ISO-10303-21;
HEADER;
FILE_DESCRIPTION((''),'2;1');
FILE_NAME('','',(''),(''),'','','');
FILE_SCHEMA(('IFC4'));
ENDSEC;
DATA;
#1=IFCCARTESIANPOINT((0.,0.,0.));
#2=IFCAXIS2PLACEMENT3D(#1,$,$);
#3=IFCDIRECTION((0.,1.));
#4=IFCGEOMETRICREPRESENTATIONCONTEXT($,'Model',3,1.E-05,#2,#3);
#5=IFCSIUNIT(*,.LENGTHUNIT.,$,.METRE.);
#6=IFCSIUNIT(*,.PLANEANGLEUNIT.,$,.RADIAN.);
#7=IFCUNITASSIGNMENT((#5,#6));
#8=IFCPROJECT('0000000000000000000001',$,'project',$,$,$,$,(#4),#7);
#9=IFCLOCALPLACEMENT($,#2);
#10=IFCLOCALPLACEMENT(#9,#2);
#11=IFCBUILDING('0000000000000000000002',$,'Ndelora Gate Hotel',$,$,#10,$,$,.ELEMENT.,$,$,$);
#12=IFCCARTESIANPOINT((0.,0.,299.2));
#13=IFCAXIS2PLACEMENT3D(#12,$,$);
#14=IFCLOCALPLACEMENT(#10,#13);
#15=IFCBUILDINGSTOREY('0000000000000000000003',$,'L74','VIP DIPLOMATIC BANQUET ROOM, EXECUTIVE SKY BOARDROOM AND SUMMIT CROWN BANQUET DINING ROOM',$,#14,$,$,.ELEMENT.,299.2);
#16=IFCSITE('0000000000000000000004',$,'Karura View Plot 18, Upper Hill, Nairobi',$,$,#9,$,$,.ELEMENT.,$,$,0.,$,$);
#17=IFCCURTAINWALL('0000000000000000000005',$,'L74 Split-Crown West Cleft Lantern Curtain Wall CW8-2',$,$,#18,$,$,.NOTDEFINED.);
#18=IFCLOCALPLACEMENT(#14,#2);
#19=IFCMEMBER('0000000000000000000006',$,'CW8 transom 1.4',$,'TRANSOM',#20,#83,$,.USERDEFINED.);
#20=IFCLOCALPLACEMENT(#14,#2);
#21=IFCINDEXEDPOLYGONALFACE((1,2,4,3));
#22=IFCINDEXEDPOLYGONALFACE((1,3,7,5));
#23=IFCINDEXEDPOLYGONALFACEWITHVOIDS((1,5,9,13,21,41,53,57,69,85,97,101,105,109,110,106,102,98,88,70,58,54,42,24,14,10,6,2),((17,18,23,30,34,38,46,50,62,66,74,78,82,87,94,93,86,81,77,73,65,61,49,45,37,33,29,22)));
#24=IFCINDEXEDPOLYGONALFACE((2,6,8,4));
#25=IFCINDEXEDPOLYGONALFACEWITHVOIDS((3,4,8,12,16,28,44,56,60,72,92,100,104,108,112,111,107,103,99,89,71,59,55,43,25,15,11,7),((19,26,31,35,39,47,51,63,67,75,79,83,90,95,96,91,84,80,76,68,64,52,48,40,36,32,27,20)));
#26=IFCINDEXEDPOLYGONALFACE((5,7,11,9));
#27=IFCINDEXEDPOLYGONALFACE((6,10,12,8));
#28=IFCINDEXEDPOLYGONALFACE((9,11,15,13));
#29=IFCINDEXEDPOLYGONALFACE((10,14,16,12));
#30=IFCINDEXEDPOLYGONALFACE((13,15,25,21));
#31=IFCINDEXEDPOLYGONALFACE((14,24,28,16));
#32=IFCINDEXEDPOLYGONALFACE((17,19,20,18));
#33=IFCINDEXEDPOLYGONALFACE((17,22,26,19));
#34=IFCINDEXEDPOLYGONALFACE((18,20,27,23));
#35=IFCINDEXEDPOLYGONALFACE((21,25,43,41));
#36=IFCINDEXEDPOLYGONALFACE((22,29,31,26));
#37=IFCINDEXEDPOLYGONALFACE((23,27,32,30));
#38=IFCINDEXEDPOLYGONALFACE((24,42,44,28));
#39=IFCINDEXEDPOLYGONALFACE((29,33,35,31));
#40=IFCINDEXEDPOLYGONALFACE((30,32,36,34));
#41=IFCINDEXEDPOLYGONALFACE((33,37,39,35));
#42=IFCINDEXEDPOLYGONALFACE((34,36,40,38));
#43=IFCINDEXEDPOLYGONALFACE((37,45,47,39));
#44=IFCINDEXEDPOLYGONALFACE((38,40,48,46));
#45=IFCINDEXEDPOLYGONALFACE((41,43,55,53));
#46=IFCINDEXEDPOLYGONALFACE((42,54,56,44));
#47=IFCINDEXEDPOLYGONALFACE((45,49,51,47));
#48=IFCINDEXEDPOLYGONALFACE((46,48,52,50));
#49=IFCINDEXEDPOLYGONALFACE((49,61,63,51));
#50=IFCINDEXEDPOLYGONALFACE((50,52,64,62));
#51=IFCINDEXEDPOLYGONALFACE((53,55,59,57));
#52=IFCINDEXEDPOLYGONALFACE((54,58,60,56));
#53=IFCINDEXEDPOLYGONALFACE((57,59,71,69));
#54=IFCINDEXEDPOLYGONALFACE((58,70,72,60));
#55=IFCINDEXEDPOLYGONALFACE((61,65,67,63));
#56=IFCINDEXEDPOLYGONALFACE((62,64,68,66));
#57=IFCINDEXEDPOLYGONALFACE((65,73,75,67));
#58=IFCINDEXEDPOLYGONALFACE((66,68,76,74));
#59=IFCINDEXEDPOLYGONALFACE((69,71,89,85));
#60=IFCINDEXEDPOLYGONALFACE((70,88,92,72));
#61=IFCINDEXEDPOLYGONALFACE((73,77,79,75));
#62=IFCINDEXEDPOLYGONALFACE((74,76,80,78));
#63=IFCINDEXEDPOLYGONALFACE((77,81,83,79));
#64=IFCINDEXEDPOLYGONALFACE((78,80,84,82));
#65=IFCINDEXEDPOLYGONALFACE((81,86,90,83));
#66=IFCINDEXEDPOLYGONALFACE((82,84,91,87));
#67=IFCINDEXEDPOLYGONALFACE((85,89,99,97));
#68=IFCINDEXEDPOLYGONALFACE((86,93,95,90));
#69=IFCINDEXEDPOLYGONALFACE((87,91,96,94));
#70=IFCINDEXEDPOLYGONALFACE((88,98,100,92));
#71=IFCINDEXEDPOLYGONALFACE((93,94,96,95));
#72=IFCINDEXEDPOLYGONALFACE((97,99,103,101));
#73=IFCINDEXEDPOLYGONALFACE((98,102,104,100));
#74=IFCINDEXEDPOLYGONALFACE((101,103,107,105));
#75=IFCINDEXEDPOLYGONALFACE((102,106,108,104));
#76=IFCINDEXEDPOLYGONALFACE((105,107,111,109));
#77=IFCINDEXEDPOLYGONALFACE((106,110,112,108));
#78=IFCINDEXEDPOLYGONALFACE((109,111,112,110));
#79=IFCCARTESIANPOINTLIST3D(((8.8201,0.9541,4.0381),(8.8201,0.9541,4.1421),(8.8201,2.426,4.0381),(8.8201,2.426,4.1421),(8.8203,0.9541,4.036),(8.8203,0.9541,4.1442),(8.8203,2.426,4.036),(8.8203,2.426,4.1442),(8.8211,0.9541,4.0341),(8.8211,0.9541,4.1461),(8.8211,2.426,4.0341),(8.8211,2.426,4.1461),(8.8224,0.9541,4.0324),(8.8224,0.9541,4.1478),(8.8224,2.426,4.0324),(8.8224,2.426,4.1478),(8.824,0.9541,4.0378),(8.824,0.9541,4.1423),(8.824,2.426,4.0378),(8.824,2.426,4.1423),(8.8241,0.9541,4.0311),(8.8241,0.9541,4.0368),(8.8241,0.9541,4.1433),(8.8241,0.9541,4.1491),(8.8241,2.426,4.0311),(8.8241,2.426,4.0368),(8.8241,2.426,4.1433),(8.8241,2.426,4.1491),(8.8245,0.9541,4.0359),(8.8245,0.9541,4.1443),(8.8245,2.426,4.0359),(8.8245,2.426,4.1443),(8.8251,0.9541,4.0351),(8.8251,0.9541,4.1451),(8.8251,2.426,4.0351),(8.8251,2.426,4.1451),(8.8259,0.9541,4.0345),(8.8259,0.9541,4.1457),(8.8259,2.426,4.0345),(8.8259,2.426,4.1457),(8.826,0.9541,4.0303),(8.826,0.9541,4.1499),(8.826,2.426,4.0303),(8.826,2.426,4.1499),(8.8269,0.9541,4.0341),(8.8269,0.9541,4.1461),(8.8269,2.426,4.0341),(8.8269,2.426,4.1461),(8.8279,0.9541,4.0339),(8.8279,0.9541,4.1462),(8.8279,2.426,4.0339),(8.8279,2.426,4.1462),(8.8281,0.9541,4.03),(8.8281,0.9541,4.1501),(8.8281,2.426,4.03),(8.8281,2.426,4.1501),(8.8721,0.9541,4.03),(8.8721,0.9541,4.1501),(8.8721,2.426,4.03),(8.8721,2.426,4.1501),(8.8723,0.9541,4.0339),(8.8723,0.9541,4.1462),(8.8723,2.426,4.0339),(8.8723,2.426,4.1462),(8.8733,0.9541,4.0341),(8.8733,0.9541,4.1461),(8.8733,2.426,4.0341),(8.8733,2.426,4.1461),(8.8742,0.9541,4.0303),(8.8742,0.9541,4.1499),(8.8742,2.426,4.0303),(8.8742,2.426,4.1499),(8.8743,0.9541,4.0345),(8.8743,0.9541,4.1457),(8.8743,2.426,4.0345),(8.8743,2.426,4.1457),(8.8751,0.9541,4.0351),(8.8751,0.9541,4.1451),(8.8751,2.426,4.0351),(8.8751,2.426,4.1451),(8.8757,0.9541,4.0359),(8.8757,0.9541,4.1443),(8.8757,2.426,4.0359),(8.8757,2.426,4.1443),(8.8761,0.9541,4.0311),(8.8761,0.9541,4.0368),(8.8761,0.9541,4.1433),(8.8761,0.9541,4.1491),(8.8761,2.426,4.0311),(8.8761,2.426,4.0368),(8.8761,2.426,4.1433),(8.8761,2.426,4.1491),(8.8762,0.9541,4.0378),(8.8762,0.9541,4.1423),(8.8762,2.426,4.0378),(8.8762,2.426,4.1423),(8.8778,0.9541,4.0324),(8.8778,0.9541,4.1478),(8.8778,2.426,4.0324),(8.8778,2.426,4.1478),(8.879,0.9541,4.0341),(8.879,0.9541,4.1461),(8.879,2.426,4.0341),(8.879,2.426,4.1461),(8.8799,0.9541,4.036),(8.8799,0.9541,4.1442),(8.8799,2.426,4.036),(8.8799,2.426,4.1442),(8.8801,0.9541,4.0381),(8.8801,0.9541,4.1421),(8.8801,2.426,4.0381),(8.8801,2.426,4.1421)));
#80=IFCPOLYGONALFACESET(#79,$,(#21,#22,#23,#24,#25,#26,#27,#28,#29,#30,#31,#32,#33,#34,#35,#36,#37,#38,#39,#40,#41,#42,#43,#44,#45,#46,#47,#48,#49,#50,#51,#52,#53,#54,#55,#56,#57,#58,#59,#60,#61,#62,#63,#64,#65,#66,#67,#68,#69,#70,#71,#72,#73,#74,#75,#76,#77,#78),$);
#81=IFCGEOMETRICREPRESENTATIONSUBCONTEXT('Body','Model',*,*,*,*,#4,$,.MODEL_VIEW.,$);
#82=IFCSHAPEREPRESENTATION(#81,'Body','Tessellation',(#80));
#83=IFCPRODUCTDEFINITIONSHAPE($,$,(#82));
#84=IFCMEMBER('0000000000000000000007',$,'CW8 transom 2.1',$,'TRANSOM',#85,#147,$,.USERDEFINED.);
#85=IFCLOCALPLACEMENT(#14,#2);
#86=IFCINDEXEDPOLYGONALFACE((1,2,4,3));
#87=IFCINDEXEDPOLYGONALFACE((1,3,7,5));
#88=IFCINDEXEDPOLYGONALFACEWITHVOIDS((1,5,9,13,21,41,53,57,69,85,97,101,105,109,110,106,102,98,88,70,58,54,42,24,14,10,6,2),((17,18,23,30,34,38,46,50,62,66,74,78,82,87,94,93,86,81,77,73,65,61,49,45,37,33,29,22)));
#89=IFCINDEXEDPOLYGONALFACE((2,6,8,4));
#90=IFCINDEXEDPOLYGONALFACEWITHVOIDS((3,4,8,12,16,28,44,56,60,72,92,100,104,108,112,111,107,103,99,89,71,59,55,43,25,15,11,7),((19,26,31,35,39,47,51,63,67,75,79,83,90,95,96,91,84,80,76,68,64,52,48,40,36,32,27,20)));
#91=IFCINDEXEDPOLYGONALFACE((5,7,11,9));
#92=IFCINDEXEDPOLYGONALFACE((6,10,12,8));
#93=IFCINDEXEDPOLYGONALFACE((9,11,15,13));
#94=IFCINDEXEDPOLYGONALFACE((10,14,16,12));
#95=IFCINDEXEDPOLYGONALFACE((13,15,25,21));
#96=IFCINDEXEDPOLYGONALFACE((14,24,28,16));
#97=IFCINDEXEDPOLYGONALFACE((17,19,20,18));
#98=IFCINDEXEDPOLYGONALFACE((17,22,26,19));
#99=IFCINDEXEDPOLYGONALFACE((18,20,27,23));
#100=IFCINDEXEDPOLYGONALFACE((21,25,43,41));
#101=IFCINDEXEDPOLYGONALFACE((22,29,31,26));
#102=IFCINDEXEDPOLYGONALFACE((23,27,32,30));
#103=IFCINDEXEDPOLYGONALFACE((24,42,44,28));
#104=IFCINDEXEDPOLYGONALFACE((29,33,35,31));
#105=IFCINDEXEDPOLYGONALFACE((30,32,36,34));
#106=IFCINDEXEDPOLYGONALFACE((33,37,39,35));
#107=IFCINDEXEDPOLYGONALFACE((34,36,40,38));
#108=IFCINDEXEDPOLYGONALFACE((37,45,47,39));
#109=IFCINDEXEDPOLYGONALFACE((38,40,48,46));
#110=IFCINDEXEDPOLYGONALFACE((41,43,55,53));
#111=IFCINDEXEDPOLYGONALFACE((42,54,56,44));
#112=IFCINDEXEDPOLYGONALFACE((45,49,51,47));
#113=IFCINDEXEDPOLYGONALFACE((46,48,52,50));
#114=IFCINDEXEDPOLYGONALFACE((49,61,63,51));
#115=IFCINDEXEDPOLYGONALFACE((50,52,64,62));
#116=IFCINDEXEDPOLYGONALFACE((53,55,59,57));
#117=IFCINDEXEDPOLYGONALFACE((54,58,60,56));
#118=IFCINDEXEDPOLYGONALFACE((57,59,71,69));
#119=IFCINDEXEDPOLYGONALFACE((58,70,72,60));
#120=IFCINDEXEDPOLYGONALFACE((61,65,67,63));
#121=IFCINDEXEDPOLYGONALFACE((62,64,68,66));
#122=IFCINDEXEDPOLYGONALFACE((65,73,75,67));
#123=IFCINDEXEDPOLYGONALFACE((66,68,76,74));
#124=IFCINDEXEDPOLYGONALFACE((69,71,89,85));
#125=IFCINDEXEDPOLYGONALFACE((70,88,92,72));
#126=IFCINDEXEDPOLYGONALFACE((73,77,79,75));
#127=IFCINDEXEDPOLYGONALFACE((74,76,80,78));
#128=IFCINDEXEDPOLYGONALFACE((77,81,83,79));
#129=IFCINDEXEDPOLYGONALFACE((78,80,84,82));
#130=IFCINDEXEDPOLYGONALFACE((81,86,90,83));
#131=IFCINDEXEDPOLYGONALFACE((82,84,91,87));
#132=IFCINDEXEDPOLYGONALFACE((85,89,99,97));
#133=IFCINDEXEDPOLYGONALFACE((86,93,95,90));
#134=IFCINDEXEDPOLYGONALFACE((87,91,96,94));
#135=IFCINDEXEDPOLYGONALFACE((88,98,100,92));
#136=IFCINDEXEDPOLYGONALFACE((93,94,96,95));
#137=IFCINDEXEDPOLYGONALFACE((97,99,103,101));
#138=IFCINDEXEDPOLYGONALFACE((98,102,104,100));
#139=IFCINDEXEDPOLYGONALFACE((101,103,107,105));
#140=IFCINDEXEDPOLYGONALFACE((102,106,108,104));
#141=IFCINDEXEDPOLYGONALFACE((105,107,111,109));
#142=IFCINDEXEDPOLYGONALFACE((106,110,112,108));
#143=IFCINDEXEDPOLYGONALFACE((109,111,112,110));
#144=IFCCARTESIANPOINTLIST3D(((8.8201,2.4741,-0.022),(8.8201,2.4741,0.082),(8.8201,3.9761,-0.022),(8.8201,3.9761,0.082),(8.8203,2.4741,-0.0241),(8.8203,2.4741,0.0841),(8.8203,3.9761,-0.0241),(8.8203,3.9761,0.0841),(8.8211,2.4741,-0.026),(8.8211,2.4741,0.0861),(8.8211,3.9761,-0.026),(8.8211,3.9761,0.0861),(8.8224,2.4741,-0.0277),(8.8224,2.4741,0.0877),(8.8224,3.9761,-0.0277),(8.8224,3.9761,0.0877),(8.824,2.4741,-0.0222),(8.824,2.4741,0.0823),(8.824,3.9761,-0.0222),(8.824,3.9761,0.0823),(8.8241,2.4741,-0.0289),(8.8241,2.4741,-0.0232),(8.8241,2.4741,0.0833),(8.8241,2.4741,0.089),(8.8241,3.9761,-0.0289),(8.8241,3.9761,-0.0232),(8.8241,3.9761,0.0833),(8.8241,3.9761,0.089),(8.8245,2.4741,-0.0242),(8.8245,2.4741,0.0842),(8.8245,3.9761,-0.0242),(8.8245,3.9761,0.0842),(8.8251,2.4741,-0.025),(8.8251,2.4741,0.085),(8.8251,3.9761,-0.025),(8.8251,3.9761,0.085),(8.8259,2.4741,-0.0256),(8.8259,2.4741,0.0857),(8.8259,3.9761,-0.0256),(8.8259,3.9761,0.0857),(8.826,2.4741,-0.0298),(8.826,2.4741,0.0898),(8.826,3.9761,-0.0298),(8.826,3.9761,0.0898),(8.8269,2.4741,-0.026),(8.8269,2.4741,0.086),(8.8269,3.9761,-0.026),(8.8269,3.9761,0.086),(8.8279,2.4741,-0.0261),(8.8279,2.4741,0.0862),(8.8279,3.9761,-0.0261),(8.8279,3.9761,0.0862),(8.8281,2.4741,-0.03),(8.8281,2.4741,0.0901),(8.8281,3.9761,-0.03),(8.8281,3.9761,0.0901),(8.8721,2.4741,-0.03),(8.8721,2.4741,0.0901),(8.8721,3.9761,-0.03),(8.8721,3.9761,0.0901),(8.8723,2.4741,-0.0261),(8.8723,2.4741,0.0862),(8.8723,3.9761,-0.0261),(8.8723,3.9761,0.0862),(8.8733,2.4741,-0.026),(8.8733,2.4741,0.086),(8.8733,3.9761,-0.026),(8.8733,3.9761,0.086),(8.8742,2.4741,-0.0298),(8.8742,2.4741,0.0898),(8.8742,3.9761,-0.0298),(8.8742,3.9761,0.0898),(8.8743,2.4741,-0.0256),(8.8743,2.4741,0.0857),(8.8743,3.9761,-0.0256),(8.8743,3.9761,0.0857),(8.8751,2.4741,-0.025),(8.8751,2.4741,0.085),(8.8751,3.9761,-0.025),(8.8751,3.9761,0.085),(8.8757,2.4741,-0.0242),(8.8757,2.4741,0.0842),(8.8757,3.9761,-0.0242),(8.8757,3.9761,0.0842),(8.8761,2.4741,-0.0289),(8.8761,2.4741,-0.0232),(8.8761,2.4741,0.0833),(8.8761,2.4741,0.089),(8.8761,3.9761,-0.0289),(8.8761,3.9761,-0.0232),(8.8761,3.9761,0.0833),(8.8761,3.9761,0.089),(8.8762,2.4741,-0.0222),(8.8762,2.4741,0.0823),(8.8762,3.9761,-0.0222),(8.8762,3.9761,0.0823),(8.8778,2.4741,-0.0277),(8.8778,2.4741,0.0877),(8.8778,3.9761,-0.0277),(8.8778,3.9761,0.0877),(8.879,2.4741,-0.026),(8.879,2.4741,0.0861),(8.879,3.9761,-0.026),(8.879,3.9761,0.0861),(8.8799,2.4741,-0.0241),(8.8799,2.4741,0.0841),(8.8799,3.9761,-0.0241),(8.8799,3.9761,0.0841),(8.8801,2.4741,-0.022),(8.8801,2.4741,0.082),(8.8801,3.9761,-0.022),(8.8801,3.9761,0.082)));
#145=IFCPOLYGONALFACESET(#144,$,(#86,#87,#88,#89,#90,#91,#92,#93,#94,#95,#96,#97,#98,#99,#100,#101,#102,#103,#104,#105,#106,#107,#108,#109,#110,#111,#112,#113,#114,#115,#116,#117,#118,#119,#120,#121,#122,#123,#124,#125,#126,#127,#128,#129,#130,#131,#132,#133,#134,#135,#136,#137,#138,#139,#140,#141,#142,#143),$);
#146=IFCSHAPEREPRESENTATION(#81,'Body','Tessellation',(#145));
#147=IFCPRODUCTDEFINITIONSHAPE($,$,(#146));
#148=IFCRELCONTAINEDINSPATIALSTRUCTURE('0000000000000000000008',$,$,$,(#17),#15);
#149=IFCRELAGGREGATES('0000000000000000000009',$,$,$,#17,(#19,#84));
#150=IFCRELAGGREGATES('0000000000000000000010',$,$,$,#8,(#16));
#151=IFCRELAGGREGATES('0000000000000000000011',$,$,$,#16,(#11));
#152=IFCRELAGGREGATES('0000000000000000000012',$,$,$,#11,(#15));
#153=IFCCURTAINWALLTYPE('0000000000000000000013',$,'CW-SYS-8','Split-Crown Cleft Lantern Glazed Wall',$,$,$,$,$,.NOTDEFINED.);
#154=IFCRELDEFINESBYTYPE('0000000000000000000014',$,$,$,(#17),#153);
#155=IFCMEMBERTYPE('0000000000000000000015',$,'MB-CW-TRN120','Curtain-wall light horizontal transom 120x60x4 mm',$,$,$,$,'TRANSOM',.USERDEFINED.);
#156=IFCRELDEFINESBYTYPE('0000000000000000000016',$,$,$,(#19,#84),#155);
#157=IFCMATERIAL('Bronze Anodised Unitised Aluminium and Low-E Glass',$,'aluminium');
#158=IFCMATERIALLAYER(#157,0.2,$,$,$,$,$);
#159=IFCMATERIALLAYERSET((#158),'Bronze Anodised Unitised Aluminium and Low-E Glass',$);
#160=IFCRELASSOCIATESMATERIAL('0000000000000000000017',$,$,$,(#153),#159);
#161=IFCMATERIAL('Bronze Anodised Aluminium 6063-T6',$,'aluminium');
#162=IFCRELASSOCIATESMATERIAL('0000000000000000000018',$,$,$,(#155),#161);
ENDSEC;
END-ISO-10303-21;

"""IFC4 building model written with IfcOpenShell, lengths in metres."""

from ifc_helpers import new_model, si_unit, direction, frame, origin, origin_2d, place, context, subcontext, project, spatial, hollow_rectangle, extrude, material, layer, layer_set, material_profile, profile_set, type_object, element, aggregate, save


model = new_model("IFC4")

# Units and contexts
model_context = context("Model", 3, precision=1e-05, world=origin(), true_north=direction((0.0, 1.0)))
body_context = subcontext(model_context, "Body", "Model", "MODEL_VIEW")
ifc_project = project(units=[si_unit("LENGTHUNIT", "METRE"), si_unit("PLANEANGLEUNIT", "RADIAN")], contexts=[model_context])

# Site, building, storey
site_placement = place(None, origin())
site = spatial("IfcSite", under=ifc_project, at=site_placement, Name="Karura View Plot 18, Upper Hill, Nairobi", CompositionType="ELEMENT", RefElevation=0.0)
building_placement = place(site_placement, origin())
building = spatial("IfcBuilding", under=site, at=building_placement, Name="Ndelora Gate Hotel", CompositionType="ELEMENT")
storey_placement = place(building_placement, frame((0.0, 0.0, 299.2)))
storey = spatial("IfcBuildingStorey", under=building, at=storey_placement, Name="L74", Description="VIP DIPLOMATIC BANQUET ROOM, EXECUTIVE SKY BOARDROOM AND SUMMIT CROWN BANQUET DINING ROOM", CompositionType="ELEMENT", Elevation=299.2)

# Curtain wall, members
ifc_material_1 = material(Name="Bronze Anodised Unitised Aluminium and Low-E Glass", Category="aluminium")
ifc_layer_1 = layer(ifc_material_1, 0.2)
ifc_layer_set_1 = layer_set([ifc_layer_1], Name="Bronze Anodised Unitised Aluminium and Low-E Glass")
curtain_wall_type = type_object("IfcCurtainWallType", Name="CW-SYS-8", Description="Split-Crown Cleft Lantern Glazed Wall", PredefinedType="NOTDEFINED", material=ifc_layer_set_1)
curtain_wall_placement = place(storey_placement, origin())
curtain_wall = element("IfcCurtainWall", 1, at=curtain_wall_placement, inside=storey, type_object=curtain_wall_type, Name="L74 Split-Crown West Cleft Lantern Curtain Wall CW8-2", PredefinedType="NOTDEFINED")
ifc_material_2 = material(Name="Bronze Anodised Aluminium 6063-T6", Category="aluminium")
ifc_material_profile_1 = material_profile(ifc_material_2, hollow_rectangle(XDim=0.0601, YDim=0.1201, WallThickness=0.0039, InnerFilletRadius=0.0039, OuterFilletRadius=0.0081, at=origin_2d()), Name="ALU 120x60x4")
ifc_profile_set_1 = profile_set([ifc_material_profile_1], Name="Bronze Anodised Aluminium 6063-T6")
member_type_1 = type_object("IfcMemberType", Name="MB-CW-TRN120", Description="Curtain-wall light horizontal transom 120x60x4 mm", ElementType="TRANSOM", PredefinedType="USERDEFINED", material=ifc_profile_set_1)
member_1_placement = place(storey_placement, frame((8.8501, 0.9541, 4.0901), z_axis=(0.0, 1.0, 0.0), x_axis=(-1.0, 0.0, 0.0)))
member_1 = element("IfcMember", 2, at=member_1_placement, type_object=member_type_1, Name="CW8 transom 1.4", ObjectType="TRANSOM", PredefinedType="USERDEFINED", context=body_context, shape_type="SweptSolid", body=[
    extrude(hollow_rectangle(XDim=0.0601, YDim=0.1201, WallThickness=0.0039, InnerFilletRadius=0.0039, OuterFilletRadius=0.0081, at=origin_2d()), origin(), (0.0, 0.0, 1.0), 1.4719),
])
member_2_placement = place(storey_placement, frame((8.8501, 2.4741, 0.03), z_axis=(0.0, 1.0, 0.0), x_axis=(-1.0, 0.0, 0.0)))
member_2 = element("IfcMember", 3, at=member_2_placement, type_object=member_type_1, Name="CW8 transom 2.1", ObjectType="TRANSOM", PredefinedType="USERDEFINED", context=body_context, shape_type="SweptSolid", body=[
    extrude(hollow_rectangle(XDim=0.0601, YDim=0.1201, WallThickness=0.0039, InnerFilletRadius=0.0039, OuterFilletRadius=0.0081, at=origin_2d()), origin(), (0.0, 0.0, 1.0), 1.502),
])
aggregate(curtain_wall, [member_1, member_2])

save(model, "model.ifc")
